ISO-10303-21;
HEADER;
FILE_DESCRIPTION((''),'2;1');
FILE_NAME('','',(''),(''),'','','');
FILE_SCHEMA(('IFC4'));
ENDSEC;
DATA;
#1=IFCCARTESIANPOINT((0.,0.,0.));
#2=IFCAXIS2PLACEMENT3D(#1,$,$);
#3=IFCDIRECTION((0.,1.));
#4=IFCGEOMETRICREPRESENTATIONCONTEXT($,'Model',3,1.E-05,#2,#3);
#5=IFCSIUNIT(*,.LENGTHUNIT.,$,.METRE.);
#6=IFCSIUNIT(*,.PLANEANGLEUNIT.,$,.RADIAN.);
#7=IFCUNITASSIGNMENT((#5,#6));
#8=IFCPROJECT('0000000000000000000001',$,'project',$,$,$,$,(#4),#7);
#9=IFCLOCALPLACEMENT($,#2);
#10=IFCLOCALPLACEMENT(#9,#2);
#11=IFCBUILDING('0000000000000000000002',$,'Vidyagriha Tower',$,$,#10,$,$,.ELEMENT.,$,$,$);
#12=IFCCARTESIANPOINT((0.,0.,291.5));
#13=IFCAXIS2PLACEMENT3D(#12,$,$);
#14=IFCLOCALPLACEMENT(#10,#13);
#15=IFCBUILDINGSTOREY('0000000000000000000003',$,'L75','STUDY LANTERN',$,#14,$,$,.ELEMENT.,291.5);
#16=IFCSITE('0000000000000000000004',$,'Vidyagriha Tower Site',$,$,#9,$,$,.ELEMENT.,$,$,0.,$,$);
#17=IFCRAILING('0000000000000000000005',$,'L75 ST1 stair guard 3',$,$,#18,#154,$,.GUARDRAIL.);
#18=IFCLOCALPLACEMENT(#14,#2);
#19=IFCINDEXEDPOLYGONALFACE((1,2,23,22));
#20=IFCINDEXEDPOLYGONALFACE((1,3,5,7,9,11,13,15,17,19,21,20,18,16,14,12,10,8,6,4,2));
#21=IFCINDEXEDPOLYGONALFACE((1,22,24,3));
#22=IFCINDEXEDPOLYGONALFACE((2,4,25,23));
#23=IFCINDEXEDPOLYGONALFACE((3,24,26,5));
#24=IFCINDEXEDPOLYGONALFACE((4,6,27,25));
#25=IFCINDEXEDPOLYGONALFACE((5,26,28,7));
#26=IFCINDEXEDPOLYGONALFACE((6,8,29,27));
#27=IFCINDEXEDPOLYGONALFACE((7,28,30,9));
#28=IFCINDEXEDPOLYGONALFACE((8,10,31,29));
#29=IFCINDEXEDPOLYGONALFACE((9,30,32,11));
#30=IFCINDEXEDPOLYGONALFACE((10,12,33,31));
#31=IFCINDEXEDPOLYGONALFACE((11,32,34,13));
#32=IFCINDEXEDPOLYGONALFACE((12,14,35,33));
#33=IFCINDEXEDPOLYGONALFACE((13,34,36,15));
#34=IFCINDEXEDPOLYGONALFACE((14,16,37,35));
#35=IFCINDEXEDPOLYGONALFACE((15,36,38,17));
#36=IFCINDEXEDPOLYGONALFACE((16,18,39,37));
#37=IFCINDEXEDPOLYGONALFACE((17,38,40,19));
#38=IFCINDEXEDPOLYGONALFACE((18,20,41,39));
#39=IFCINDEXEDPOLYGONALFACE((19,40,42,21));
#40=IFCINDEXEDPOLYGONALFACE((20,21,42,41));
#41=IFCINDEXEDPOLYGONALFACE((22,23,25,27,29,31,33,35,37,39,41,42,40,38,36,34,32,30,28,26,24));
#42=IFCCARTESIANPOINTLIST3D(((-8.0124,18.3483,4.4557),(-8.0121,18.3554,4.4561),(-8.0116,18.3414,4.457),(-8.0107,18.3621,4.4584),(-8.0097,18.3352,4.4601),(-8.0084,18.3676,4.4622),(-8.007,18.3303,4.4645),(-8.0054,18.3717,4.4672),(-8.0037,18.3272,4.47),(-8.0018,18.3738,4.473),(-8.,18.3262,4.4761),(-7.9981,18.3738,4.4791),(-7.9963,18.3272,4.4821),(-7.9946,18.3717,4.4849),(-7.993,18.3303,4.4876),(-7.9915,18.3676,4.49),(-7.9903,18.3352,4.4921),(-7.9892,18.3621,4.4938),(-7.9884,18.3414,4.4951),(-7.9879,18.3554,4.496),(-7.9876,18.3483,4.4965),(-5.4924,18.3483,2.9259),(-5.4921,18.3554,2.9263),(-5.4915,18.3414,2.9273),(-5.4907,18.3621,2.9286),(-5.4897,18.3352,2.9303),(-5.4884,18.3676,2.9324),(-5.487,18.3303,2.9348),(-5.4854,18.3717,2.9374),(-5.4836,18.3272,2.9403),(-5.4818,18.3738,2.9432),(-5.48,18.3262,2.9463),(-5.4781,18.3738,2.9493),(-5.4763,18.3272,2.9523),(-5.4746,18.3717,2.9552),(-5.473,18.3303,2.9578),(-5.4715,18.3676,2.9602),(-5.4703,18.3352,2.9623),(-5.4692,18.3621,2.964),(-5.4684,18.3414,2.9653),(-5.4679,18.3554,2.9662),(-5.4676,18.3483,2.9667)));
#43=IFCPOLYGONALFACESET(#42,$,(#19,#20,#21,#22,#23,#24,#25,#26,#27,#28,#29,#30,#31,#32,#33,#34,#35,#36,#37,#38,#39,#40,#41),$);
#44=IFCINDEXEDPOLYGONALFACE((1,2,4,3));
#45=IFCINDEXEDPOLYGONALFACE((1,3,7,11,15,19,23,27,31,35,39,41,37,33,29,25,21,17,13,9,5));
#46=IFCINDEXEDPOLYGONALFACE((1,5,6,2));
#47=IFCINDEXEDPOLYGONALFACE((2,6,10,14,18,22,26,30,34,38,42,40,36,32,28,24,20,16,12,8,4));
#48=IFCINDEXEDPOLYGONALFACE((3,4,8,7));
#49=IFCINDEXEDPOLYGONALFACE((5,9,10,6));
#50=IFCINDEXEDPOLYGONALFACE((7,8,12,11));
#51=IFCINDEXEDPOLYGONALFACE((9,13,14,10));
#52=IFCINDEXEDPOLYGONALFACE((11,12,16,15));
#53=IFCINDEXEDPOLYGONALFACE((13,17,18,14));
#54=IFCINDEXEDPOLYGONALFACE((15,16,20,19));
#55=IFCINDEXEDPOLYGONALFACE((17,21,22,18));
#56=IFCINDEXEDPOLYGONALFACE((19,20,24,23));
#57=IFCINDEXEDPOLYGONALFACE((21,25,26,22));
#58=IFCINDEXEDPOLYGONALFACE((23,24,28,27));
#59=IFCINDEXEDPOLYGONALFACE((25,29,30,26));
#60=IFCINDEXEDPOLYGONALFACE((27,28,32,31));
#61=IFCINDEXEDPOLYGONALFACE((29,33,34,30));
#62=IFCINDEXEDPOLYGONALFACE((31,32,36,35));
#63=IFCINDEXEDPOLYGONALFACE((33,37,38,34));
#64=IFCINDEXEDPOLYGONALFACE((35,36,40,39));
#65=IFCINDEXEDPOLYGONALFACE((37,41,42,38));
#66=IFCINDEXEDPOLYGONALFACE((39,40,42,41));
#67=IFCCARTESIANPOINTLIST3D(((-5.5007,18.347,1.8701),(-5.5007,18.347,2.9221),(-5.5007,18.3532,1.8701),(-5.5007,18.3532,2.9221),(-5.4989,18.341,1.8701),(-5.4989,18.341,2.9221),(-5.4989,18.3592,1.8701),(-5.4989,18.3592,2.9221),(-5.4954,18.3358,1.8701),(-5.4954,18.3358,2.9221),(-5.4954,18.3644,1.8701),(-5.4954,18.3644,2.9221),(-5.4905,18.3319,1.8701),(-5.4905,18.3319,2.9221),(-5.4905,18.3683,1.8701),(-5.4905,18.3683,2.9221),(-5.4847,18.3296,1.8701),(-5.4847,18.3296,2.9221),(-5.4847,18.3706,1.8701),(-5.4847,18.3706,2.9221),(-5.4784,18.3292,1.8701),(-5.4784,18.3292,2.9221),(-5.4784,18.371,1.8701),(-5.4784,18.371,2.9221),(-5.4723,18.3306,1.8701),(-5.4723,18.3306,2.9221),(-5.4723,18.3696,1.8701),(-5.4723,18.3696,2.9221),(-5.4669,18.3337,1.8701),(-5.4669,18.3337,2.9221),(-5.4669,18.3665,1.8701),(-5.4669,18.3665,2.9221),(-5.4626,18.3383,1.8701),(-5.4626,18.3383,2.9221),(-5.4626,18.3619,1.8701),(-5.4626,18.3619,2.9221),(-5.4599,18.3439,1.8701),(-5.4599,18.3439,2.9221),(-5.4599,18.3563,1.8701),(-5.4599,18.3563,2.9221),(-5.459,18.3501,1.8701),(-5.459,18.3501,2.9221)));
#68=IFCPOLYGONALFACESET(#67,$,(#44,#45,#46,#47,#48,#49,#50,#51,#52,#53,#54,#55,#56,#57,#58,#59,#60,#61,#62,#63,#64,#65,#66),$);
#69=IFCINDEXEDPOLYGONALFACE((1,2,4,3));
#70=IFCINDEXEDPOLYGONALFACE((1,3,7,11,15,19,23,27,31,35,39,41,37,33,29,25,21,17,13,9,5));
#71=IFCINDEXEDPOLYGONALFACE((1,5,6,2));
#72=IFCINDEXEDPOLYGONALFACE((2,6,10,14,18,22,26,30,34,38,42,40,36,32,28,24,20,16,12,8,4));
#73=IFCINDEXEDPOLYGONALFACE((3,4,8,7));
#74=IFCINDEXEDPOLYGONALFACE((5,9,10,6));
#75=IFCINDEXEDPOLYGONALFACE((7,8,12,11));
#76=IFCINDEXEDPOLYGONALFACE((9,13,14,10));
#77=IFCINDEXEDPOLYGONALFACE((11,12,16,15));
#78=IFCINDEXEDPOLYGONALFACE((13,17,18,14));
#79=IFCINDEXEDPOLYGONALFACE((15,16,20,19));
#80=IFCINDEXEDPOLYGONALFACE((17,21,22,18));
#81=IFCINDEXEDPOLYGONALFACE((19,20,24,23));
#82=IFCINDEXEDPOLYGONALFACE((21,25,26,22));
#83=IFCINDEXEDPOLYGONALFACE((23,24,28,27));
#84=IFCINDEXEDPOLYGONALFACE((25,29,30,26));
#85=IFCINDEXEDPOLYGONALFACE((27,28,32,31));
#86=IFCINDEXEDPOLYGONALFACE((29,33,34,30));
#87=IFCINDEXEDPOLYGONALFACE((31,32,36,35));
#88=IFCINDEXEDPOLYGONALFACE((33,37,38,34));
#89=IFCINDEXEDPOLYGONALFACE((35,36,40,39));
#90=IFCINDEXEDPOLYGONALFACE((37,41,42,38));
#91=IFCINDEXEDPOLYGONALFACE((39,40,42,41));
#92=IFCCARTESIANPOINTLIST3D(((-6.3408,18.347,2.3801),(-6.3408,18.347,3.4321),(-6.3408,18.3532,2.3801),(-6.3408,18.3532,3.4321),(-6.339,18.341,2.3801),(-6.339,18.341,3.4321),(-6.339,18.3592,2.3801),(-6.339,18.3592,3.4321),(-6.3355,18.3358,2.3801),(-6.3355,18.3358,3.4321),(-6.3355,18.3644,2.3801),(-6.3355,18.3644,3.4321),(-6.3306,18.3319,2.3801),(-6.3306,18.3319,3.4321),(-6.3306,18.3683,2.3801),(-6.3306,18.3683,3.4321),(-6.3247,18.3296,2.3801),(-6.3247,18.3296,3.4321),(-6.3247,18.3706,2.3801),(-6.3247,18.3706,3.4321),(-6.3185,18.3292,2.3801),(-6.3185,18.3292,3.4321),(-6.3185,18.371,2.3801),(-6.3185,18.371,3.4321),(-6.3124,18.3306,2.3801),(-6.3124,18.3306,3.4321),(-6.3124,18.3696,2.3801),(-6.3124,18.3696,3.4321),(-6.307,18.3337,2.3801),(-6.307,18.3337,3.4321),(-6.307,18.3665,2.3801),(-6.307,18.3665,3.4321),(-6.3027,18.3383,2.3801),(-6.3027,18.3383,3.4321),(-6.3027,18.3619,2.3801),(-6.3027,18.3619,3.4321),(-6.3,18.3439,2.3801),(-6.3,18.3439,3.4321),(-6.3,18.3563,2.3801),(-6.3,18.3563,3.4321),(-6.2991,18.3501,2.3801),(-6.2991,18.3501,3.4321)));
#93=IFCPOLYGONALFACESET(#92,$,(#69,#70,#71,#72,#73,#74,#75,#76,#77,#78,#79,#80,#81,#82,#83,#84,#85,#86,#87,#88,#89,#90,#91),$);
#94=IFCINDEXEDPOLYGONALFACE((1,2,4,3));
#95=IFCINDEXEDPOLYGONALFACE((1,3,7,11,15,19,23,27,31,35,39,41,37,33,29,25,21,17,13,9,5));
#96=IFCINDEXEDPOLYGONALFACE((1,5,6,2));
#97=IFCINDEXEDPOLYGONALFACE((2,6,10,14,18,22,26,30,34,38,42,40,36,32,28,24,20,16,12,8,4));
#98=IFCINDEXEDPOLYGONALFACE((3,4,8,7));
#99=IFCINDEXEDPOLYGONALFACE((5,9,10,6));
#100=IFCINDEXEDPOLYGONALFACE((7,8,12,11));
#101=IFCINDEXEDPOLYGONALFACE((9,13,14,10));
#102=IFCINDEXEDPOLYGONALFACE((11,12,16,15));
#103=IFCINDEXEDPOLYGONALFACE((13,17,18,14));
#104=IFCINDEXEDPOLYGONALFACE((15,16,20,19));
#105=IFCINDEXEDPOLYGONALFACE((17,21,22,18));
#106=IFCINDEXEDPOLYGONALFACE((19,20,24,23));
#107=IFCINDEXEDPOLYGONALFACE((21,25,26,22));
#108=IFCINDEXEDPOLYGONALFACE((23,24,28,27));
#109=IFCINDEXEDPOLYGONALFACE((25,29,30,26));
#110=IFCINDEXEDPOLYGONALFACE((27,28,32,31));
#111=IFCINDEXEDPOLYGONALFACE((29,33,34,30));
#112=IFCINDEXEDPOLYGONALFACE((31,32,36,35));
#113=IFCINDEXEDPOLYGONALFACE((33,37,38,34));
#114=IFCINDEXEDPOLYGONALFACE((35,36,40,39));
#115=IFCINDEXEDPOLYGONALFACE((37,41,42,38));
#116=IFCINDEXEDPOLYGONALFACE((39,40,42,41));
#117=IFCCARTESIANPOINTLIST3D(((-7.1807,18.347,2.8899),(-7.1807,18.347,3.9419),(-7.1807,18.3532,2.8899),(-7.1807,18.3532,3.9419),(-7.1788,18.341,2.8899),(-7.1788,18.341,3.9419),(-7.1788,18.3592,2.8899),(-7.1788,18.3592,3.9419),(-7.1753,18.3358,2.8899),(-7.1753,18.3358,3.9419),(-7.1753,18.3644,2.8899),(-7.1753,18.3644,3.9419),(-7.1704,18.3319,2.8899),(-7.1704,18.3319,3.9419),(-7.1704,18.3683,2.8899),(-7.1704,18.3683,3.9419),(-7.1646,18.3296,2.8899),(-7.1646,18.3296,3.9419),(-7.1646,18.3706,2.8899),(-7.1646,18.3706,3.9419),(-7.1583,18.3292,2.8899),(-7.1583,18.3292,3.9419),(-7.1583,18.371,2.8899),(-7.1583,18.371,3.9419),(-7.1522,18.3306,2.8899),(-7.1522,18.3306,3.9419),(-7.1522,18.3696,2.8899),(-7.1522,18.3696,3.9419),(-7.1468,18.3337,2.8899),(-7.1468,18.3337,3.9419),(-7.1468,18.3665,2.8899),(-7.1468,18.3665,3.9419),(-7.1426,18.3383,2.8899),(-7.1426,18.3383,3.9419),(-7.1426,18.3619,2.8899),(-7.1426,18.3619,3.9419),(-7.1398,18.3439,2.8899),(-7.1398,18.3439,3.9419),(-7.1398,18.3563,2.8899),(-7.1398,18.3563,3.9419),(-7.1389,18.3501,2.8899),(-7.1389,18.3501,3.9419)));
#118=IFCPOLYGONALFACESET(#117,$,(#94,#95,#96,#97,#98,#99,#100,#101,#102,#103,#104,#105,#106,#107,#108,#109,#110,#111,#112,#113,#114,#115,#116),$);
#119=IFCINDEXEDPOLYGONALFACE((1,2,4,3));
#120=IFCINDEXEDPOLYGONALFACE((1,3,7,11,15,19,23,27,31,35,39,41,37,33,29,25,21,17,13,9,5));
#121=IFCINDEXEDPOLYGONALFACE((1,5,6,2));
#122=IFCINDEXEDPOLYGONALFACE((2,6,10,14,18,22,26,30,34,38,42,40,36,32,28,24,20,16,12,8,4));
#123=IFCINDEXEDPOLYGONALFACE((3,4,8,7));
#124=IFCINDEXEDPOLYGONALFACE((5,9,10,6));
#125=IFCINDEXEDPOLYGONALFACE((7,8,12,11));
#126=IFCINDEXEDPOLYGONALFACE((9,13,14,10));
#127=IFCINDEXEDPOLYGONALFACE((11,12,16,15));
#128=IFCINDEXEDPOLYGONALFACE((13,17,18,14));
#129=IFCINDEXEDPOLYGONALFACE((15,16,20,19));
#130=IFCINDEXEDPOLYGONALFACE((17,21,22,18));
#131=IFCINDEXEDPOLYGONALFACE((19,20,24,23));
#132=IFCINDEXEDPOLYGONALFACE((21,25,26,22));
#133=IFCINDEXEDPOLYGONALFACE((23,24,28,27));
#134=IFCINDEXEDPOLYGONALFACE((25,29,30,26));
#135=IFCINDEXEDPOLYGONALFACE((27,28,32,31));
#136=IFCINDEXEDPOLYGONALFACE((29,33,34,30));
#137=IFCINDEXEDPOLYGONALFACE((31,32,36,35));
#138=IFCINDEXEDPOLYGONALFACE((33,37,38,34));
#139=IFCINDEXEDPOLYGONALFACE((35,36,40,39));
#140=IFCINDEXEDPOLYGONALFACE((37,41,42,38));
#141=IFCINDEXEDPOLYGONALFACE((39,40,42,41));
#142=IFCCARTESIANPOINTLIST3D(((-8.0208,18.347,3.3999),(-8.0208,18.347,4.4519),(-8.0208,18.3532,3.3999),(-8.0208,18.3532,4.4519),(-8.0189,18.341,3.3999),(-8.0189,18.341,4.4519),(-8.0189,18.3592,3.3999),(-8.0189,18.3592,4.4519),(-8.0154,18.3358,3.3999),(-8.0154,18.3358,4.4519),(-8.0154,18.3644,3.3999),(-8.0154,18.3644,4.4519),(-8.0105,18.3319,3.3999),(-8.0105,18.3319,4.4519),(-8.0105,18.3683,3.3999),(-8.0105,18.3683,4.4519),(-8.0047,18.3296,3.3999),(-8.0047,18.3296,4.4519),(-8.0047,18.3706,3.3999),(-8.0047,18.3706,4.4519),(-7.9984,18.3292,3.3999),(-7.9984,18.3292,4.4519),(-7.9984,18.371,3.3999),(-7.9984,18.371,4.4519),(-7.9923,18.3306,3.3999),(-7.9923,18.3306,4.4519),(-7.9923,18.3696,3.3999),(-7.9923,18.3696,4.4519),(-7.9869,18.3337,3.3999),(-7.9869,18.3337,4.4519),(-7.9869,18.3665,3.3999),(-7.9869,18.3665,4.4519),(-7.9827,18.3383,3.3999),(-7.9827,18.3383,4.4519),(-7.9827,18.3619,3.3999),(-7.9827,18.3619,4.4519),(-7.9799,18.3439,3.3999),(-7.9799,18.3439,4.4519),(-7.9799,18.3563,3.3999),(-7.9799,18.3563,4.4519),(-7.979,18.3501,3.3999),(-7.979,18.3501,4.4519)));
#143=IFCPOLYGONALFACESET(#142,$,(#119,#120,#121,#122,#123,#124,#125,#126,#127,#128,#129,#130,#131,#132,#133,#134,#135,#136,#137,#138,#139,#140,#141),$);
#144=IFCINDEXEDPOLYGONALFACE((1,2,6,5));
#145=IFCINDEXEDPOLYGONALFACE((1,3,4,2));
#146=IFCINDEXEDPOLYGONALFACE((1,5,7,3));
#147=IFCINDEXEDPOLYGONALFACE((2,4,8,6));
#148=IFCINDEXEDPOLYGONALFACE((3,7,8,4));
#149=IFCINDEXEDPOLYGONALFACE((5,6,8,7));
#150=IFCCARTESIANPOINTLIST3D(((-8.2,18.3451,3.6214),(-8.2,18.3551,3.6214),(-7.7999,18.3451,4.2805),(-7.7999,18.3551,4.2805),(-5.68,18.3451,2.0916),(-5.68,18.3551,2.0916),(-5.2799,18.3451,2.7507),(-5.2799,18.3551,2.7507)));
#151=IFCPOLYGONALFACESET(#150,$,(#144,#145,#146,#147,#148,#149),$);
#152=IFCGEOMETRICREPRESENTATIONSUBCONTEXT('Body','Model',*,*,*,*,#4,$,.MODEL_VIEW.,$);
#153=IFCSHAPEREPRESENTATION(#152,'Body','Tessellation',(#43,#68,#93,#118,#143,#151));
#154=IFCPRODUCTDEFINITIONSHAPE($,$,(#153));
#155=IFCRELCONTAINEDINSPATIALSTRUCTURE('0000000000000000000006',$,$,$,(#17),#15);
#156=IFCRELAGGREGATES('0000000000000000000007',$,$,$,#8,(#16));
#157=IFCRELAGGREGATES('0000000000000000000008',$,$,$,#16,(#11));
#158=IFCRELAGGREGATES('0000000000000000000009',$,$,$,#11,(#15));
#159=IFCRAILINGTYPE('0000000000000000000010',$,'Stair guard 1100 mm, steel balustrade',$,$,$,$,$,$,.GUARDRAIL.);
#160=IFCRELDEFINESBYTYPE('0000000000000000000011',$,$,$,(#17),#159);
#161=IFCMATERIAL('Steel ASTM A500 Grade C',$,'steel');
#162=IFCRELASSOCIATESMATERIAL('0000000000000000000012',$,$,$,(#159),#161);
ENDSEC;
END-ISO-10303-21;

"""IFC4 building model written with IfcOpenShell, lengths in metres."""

from ifc_helpers import new_model, si_unit, direction, frame, origin, origin_2d, place, context, subcontext, project, spatial, rectangle, circle, extrude, material, type_object, element, save


model = new_model("IFC4")

# Units and contexts
model_context = context("Model", 3, precision=1e-05, world=origin(), true_north=direction((0.0, 1.0)))
body_context = subcontext(model_context, "Body", "Model", "MODEL_VIEW")
ifc_project = project(units=[si_unit("LENGTHUNIT", "METRE"), si_unit("PLANEANGLEUNIT", "RADIAN")], contexts=[model_context])

# Site, building, storey
site_placement = place(None, origin())
site = spatial("IfcSite", under=ifc_project, at=site_placement, Name="Vidyagriha Tower Site", CompositionType="ELEMENT", RefElevation=0.0)
building_placement = place(site_placement, origin())
building = spatial("IfcBuilding", under=site, at=building_placement, Name="Vidyagriha Tower", CompositionType="ELEMENT")
storey_placement = place(building_placement, frame((0.0, 0.0, 291.5)))
storey = spatial("IfcBuildingStorey", under=building, at=storey_placement, Name="L75", Description="STUDY LANTERN", CompositionType="ELEMENT", Elevation=291.5)

# Railing
ifc_material_1 = material(Name="Steel ASTM A500 Grade C", Category="steel")
railing_type_1 = type_object("IfcRailingType", Name="Stair guard 1100 mm, steel balustrade", PredefinedType="GUARDRAIL", material=ifc_material_1)
railing_1_placement = place(storey_placement, frame((-5.48, 18.3501, 1.8701)))
element("IfcRailing", 1, at=railing_1_placement, inside=storey, type_object=railing_type_1, Name="L75 ST1 stair guard 3", PredefinedType="GUARDRAIL", context=body_context, shape_type="SweptSolid", body=[
    extrude(circle(Radius=0.0239, at=origin_2d()), frame((0.0, 0.0, 1.0762), z_axis=(-0.854822, 0.0, 0.518922), x_axis=(0.0, -1.0, 0.0)), (0.0, 0.0, 1.0), 2.948),
    extrude(circle(Radius=0.021, at=origin_2d()), origin(), (0.0, 0.0, 1.0), 1.052),
    extrude(circle(Radius=0.021, at=origin_2d()), frame((-0.8401, 0.0, 0.51)), (0.0, 0.0, 1.0), 1.052),
    extrude(circle(Radius=0.021, at=origin_2d()), frame((-1.6799, 0.0, 1.0198)), (0.0, 0.0, 1.0), 1.052),
    extrude(circle(Radius=0.021, at=origin_2d()), frame((-2.52, 0.0, 1.5298)), (0.0, 0.0, 1.0), 1.052),
    extrude(rectangle(XDim=0.01, YDim=0.771, at=origin_2d()), frame((0.0, 0.0, 0.551), z_axis=(-0.854822, 0.0, 0.518922), x_axis=(0.0, -1.0, 0.0)), (0.0, 0.0, 1.0), 2.948),
])

save(model, "model.ifc")
